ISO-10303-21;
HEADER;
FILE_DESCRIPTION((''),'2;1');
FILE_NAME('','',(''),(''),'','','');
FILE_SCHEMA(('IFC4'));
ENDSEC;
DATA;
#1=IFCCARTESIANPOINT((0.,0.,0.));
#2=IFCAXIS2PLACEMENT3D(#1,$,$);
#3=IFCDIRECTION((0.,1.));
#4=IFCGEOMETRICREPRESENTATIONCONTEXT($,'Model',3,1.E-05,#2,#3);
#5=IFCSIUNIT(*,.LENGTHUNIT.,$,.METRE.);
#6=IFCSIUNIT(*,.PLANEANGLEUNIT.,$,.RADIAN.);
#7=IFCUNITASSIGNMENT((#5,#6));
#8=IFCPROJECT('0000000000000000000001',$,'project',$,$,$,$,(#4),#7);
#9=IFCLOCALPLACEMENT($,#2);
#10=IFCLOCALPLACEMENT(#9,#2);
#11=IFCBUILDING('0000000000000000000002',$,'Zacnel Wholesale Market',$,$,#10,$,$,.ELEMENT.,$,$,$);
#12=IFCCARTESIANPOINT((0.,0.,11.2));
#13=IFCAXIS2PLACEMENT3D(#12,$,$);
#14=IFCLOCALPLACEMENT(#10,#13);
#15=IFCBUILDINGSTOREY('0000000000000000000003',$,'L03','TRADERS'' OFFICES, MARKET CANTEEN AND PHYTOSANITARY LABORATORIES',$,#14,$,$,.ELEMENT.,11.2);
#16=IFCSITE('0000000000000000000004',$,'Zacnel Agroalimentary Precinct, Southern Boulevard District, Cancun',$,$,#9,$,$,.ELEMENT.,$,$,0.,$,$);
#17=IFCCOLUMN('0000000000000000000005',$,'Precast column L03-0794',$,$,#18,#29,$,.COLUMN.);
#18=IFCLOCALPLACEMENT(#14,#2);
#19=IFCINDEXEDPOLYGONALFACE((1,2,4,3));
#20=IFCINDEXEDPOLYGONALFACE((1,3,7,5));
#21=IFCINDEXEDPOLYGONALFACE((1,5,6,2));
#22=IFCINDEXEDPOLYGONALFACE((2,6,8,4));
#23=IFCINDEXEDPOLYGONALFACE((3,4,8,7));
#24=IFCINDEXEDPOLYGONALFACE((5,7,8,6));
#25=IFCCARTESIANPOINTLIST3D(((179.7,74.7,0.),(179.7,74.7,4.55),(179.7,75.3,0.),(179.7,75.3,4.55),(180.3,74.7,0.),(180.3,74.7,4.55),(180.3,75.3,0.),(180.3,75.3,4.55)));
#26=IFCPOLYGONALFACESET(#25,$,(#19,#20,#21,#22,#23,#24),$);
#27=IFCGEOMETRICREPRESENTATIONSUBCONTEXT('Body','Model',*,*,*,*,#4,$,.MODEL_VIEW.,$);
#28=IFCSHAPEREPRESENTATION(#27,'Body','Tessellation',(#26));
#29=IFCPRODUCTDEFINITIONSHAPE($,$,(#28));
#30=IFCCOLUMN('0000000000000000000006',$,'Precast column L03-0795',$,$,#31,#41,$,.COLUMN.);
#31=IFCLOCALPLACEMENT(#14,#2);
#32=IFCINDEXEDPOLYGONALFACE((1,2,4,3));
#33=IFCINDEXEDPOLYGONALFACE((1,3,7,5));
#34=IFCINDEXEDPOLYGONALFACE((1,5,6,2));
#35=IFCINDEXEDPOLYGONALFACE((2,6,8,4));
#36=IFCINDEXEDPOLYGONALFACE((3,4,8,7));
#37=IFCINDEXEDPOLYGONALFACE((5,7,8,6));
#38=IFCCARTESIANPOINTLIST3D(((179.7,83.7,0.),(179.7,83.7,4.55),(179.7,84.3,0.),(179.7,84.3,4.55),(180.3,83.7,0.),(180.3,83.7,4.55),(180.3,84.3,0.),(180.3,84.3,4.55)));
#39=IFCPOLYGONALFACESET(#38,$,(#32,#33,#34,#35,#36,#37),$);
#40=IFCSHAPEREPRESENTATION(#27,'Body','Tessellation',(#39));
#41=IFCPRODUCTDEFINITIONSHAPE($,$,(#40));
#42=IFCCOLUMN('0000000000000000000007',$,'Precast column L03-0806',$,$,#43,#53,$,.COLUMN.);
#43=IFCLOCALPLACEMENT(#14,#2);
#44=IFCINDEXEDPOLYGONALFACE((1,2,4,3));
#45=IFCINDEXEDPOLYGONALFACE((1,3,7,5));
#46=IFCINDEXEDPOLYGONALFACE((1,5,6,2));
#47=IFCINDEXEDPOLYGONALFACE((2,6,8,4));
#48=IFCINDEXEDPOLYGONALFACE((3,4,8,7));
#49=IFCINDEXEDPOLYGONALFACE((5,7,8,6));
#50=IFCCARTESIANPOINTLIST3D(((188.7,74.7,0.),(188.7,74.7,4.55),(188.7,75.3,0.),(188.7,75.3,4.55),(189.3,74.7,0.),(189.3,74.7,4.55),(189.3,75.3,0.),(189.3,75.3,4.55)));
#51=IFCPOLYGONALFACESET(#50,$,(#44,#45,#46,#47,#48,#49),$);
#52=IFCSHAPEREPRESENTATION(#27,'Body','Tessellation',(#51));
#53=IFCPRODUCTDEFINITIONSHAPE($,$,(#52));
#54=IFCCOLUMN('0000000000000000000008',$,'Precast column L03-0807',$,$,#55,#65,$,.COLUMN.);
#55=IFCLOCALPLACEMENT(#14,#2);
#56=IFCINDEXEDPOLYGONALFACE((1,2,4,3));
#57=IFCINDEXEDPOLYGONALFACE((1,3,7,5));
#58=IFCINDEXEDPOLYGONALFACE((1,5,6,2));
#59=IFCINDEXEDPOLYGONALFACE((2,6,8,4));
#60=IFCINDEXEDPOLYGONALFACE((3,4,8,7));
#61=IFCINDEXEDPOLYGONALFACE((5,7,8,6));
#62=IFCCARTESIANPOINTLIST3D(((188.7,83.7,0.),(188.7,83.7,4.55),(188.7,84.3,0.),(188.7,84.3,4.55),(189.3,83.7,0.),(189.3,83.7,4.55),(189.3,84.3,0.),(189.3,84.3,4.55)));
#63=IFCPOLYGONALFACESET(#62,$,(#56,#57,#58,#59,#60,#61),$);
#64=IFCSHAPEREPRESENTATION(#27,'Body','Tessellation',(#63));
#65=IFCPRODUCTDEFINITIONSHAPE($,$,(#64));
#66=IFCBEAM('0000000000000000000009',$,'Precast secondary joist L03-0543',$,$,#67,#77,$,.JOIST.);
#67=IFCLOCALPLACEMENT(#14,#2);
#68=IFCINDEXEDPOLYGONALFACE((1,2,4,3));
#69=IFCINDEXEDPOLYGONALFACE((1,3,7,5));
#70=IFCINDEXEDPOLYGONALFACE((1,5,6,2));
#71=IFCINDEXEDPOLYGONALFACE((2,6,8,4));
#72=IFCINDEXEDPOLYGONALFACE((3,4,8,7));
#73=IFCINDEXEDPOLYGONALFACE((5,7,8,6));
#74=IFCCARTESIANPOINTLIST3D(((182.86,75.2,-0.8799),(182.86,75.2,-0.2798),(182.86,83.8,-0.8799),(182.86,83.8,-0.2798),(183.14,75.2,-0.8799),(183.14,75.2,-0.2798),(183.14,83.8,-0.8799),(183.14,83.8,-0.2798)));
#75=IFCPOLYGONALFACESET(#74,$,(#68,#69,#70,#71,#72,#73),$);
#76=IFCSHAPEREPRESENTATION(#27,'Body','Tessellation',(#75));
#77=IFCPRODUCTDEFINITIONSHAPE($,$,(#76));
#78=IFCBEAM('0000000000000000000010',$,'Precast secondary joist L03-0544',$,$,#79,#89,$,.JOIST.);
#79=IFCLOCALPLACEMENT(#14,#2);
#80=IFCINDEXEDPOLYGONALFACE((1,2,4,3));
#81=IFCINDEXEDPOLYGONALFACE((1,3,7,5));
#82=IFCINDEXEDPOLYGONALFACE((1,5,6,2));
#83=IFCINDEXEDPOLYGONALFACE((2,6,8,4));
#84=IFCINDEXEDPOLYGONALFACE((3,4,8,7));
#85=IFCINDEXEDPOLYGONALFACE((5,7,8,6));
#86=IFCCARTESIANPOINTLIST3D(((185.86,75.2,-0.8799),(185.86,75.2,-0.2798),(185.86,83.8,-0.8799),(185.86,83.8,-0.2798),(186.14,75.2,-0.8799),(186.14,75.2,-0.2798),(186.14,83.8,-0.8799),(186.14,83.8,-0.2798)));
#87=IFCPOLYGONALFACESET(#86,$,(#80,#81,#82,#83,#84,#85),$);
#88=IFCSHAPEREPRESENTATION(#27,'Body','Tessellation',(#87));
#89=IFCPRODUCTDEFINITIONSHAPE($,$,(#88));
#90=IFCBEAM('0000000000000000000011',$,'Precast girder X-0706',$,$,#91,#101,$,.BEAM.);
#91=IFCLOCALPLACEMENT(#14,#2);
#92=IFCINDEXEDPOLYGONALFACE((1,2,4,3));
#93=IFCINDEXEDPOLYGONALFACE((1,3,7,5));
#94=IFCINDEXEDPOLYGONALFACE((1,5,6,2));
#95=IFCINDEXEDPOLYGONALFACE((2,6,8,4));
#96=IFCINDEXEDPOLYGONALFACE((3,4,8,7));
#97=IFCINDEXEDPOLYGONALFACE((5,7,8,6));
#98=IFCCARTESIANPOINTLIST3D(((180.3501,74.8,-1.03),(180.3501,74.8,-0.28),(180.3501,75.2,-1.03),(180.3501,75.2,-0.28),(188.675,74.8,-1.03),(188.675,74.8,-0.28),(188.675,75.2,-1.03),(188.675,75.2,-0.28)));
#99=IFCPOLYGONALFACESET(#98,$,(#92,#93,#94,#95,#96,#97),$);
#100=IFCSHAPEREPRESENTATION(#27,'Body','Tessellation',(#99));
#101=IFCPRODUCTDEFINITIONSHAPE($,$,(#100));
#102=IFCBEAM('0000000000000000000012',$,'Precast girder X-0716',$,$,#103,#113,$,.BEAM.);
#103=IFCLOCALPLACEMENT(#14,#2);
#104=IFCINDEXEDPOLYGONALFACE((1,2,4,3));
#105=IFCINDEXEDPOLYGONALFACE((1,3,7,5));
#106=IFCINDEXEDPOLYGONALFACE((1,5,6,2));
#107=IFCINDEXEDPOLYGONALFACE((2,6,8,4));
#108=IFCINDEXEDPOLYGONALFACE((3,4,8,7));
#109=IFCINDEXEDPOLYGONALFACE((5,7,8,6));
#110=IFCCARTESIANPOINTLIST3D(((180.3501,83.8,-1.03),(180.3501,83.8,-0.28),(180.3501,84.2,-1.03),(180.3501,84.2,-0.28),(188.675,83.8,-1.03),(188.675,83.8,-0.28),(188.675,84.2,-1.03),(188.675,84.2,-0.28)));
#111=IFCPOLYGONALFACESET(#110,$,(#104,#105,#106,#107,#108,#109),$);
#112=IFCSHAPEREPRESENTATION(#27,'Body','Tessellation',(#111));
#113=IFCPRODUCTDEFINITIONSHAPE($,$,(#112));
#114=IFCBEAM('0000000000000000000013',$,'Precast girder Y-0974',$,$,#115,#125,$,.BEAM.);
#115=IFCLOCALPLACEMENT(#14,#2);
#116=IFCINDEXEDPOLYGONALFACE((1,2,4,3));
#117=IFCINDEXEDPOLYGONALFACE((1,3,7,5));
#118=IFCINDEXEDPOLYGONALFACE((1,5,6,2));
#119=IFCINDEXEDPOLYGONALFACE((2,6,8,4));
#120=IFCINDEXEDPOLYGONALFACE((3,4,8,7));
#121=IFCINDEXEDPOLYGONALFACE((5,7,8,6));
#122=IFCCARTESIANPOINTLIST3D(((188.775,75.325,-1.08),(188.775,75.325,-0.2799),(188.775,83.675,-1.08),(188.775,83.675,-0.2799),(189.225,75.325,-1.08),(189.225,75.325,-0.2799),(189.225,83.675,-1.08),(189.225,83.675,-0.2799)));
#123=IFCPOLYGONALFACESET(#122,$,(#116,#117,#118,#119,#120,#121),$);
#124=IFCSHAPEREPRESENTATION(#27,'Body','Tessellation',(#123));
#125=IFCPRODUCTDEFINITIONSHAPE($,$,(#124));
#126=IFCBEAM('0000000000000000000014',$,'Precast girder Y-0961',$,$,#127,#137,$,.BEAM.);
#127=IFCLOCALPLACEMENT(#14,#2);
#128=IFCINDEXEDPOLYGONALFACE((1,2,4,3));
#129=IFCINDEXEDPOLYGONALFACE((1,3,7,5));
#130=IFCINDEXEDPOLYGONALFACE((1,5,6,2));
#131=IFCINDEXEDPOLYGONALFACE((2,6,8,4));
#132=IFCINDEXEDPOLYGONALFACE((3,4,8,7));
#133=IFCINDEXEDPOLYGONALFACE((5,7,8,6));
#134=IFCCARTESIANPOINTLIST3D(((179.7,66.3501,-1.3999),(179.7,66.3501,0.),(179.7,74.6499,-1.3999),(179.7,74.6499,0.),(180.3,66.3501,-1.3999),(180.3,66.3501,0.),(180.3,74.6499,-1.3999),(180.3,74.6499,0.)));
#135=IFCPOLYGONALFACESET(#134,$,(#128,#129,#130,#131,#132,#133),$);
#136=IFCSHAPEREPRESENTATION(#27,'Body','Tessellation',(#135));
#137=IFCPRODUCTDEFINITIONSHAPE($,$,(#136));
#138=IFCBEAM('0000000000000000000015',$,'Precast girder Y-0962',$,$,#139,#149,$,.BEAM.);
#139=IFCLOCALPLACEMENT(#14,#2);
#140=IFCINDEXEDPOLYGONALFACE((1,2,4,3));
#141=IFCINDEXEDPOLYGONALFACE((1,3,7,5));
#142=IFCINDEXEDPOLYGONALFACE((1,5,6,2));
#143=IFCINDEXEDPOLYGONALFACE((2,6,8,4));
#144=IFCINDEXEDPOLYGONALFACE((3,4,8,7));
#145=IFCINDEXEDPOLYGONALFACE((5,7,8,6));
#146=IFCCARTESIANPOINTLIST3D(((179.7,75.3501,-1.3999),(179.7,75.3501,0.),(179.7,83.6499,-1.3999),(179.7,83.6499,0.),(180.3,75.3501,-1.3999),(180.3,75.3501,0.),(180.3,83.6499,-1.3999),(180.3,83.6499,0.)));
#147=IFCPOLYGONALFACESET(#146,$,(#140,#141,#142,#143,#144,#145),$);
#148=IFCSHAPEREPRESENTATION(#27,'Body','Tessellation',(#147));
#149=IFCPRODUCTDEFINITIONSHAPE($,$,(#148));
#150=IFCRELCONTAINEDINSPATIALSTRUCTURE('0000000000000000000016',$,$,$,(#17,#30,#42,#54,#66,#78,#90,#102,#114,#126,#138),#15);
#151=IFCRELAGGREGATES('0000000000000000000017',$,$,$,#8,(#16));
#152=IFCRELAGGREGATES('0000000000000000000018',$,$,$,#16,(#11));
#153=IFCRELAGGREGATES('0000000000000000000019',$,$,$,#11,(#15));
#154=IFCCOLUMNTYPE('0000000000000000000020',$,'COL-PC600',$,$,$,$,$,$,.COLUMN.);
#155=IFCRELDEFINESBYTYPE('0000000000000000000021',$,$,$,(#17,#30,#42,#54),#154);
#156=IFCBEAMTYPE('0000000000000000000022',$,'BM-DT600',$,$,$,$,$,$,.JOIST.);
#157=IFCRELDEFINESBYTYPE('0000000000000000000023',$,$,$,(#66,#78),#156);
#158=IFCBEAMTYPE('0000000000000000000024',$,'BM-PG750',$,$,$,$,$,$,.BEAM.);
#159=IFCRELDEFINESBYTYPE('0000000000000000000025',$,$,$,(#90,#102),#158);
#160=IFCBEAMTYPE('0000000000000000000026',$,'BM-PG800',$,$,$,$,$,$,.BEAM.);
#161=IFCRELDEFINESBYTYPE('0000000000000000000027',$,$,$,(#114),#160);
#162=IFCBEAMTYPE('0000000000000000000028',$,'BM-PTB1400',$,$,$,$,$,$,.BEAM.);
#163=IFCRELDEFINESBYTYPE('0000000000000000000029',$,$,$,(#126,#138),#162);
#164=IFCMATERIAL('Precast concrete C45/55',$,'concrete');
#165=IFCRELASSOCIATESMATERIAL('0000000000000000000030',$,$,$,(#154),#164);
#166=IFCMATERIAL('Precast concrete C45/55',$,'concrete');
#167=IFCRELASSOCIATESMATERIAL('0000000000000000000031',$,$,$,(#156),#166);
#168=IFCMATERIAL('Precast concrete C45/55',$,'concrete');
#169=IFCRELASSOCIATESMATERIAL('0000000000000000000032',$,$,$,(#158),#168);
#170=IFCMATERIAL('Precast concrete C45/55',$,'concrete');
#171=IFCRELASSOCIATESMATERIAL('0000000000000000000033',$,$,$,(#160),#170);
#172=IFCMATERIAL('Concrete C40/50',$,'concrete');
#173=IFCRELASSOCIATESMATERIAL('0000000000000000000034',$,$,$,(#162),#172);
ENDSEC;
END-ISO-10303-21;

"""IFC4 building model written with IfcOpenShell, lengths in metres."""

from ifc_helpers import new_model, si_unit, direction, frame, origin, origin_2d, place, context, subcontext, project, spatial, rectangle, extrude, material, material_profile, profile_set, type_object, element, save


model = new_model("IFC4")

# Units and contexts
model_context = context("Model", 3, precision=1e-05, world=origin(), true_north=direction((0.0, 1.0)))
body_context = subcontext(model_context, "Body", "Model", "MODEL_VIEW")
ifc_project = project(units=[si_unit("LENGTHUNIT", "METRE"), si_unit("PLANEANGLEUNIT", "RADIAN")], contexts=[model_context])

# Site, building, storey
site_placement = place(None, origin())
site = spatial("IfcSite", under=ifc_project, at=site_placement, Name="Zacnel Agroalimentary Precinct, Southern Boulevard District, Cancun", CompositionType="ELEMENT", RefElevation=0.0)
building_placement = place(site_placement, origin())
building = spatial("IfcBuilding", under=site, at=building_placement, Name="Zacnel Wholesale Market", CompositionType="ELEMENT")
storey_placement = place(building_placement, frame((0.0, 0.0, 11.2)))
storey = spatial("IfcBuildingStorey", under=building, at=storey_placement, Name="L03", Description="TRADERS' OFFICES, MARKET CANTEEN AND PHYTOSANITARY LABORATORIES", CompositionType="ELEMENT", Elevation=11.2)

# Columns
ifc_material_1 = material(Name="Precast concrete C45/55", Category="concrete")
ifc_material_profile_1 = material_profile(ifc_material_1, rectangle(XDim=0.6001, YDim=0.6001, at=origin_2d()), Name="PC 600x600")
ifc_profile_set_1 = profile_set([ifc_material_profile_1], Name="Precast concrete C45/55")
column_type = type_object("IfcColumnType", Name="COL-PC600", PredefinedType="COLUMN", material=ifc_profile_set_1)
for number, where, z_axis, x_axis, name in (
    (1, (180.0, 75.0, 0.0), (0.0, 0.0, 1.0), (1.0, 0.0, 0.0), "Precast column L03-0794"),
    (2, (180.0, 84.0, 0.0), (0.0, 0.0, 1.0), (1.0, 0.0, 0.0), "Precast column L03-0795"),
    (3, (189.0, 75.0, 0.0), (0.0, 0.0, 1.0), (1.0, 0.0, 0.0), "Precast column L03-0806"),
    (4, (189.0, 84.0, 0.0), (0.0, 0.0, 1.0), (1.0, 0.0, 0.0), "Precast column L03-0807"),
):
    element("IfcColumn", number, at=place(storey_placement, frame(where, z_axis=z_axis, x_axis=x_axis)), inside=storey, type_object=column_type, Name=name, PredefinedType="COLUMN", context=body_context, shape_type="SweptSolid", body=[
        extrude(rectangle(XDim=0.6001, YDim=0.6001, at=origin_2d()), origin(), (0.0, 0.0, 1.0), 4.55),
    ])

# Beams
ifc_material_2 = material(Name="Precast concrete C45/55", Category="concrete")
ifc_material_profile_2 = material_profile(ifc_material_2, rectangle(XDim=0.28, YDim=0.6001, at=origin_2d()), Name="DT RIB 280x600")
ifc_profile_set_2 = profile_set([ifc_material_profile_2], Name="Precast concrete C45/55")
beam_type_1 = type_object("IfcBeamType", Name="BM-DT600", PredefinedType="JOIST", material=ifc_profile_set_2)
for number, where, z_axis, x_axis, name in (
    (5, (183.0, 75.2, -0.5798), (0.0, 1.0, 0.0), (-1.0, 0.0, 0.0), "Precast secondary joist L03-0543"),
    (6, (186.0, 75.2, -0.5798), (0.0, 1.0, 0.0), (-1.0, 0.0, 0.0), "Precast secondary joist L03-0544"),
):
    element("IfcBeam", number, at=place(storey_placement, frame(where, z_axis=z_axis, x_axis=x_axis)), inside=storey, type_object=beam_type_1, Name=name, PredefinedType="JOIST", context=body_context, shape_type="SweptSolid", body=[
        extrude(rectangle(XDim=0.28, YDim=0.6001, at=origin_2d()), origin(), (0.0, 0.0, 1.0), 8.6001),
    ])
ifc_material_3 = material(Name="Precast concrete C45/55", Category="concrete")
ifc_material_profile_3 = material_profile(ifc_material_3, rectangle(XDim=0.3999, YDim=0.75, at=origin_2d()), Name="PG 400x750")
ifc_profile_set_3 = profile_set([ifc_material_profile_3], Name="Precast concrete C45/55")
beam_type_2 = type_object("IfcBeamType", Name="BM-PG750", PredefinedType="BEAM", material=ifc_profile_set_3)
for number, where, z_axis, x_axis, name in (
    (7, (180.3501, 75.0, -0.655), (1.0, 0.0, 0.0), (0.0, 1.0, 0.0), "Precast girder X-0706"),
    (8, (180.3501, 84.0, -0.655), (1.0, 0.0, 0.0), (0.0, 1.0, 0.0), "Precast girder X-0716"),
):
    element("IfcBeam", number, at=place(storey_placement, frame(where, z_axis=z_axis, x_axis=x_axis)), inside=storey, type_object=beam_type_2, Name=name, PredefinedType="BEAM", context=body_context, shape_type="SweptSolid", body=[
        extrude(rectangle(XDim=0.3999, YDim=0.75, at=origin_2d()), origin(), (0.0, 0.0, 1.0), 8.325),
    ])
ifc_material_4 = material(Name="Precast concrete C45/55", Category="concrete")
ifc_material_profile_4 = material_profile(ifc_material_4, rectangle(XDim=0.45, YDim=0.8, at=origin_2d()), Name="PG 450x800")
ifc_profile_set_4 = profile_set([ifc_material_profile_4], Name="Precast concrete C45/55")
beam_type_3 = type_object("IfcBeamType", Name="BM-PG800", PredefinedType="BEAM", material=ifc_profile_set_4)
beam_placement = place(storey_placement, frame((189.0, 75.325, -0.6799), z_axis=(0.0, 1.0, 0.0), x_axis=(-1.0, 0.0, 0.0)))
element("IfcBeam", 9, at=beam_placement, inside=storey, type_object=beam_type_3, Name="Precast girder Y-0974", PredefinedType="BEAM", context=body_context, shape_type="SweptSolid", body=[
    extrude(rectangle(XDim=0.45, YDim=0.8, at=origin_2d()), origin(), (0.0, 0.0, 1.0), 8.3501),
])
ifc_material_5 = material(Name="Concrete C40/50", Category="concrete")
ifc_material_profile_5 = material_profile(ifc_material_5, rectangle(XDim=0.6001, YDim=1.3999, at=origin_2d()), Name="PTB 600x1400")
ifc_profile_set_5 = profile_set([ifc_material_profile_5], Name="Concrete C40/50")
beam_type_4 = type_object("IfcBeamType", Name="BM-PTB1400", PredefinedType="BEAM", material=ifc_profile_set_5)
for number, where, z_axis, x_axis, name in (
    (10, (180.0, 66.3501, -0.7), (0.0, 1.0, 0.0), (-1.0, 0.0, 0.0), "Precast girder Y-0961"),
    (11, (180.0, 75.3501, -0.7), (0.0, 1.0, 0.0), (-1.0, 0.0, 0.0), "Precast girder Y-0962"),
):
    element("IfcBeam", number, at=place(storey_placement, frame(where, z_axis=z_axis, x_axis=x_axis)), inside=storey, type_object=beam_type_4, Name=name, PredefinedType="BEAM", context=body_context, shape_type="SweptSolid", body=[
        extrude(rectangle(XDim=0.6001, YDim=1.3999, at=origin_2d()), origin(), (0.0, 0.0, 1.0), 8.2998),
    ])

save(model, "model.ifc")
